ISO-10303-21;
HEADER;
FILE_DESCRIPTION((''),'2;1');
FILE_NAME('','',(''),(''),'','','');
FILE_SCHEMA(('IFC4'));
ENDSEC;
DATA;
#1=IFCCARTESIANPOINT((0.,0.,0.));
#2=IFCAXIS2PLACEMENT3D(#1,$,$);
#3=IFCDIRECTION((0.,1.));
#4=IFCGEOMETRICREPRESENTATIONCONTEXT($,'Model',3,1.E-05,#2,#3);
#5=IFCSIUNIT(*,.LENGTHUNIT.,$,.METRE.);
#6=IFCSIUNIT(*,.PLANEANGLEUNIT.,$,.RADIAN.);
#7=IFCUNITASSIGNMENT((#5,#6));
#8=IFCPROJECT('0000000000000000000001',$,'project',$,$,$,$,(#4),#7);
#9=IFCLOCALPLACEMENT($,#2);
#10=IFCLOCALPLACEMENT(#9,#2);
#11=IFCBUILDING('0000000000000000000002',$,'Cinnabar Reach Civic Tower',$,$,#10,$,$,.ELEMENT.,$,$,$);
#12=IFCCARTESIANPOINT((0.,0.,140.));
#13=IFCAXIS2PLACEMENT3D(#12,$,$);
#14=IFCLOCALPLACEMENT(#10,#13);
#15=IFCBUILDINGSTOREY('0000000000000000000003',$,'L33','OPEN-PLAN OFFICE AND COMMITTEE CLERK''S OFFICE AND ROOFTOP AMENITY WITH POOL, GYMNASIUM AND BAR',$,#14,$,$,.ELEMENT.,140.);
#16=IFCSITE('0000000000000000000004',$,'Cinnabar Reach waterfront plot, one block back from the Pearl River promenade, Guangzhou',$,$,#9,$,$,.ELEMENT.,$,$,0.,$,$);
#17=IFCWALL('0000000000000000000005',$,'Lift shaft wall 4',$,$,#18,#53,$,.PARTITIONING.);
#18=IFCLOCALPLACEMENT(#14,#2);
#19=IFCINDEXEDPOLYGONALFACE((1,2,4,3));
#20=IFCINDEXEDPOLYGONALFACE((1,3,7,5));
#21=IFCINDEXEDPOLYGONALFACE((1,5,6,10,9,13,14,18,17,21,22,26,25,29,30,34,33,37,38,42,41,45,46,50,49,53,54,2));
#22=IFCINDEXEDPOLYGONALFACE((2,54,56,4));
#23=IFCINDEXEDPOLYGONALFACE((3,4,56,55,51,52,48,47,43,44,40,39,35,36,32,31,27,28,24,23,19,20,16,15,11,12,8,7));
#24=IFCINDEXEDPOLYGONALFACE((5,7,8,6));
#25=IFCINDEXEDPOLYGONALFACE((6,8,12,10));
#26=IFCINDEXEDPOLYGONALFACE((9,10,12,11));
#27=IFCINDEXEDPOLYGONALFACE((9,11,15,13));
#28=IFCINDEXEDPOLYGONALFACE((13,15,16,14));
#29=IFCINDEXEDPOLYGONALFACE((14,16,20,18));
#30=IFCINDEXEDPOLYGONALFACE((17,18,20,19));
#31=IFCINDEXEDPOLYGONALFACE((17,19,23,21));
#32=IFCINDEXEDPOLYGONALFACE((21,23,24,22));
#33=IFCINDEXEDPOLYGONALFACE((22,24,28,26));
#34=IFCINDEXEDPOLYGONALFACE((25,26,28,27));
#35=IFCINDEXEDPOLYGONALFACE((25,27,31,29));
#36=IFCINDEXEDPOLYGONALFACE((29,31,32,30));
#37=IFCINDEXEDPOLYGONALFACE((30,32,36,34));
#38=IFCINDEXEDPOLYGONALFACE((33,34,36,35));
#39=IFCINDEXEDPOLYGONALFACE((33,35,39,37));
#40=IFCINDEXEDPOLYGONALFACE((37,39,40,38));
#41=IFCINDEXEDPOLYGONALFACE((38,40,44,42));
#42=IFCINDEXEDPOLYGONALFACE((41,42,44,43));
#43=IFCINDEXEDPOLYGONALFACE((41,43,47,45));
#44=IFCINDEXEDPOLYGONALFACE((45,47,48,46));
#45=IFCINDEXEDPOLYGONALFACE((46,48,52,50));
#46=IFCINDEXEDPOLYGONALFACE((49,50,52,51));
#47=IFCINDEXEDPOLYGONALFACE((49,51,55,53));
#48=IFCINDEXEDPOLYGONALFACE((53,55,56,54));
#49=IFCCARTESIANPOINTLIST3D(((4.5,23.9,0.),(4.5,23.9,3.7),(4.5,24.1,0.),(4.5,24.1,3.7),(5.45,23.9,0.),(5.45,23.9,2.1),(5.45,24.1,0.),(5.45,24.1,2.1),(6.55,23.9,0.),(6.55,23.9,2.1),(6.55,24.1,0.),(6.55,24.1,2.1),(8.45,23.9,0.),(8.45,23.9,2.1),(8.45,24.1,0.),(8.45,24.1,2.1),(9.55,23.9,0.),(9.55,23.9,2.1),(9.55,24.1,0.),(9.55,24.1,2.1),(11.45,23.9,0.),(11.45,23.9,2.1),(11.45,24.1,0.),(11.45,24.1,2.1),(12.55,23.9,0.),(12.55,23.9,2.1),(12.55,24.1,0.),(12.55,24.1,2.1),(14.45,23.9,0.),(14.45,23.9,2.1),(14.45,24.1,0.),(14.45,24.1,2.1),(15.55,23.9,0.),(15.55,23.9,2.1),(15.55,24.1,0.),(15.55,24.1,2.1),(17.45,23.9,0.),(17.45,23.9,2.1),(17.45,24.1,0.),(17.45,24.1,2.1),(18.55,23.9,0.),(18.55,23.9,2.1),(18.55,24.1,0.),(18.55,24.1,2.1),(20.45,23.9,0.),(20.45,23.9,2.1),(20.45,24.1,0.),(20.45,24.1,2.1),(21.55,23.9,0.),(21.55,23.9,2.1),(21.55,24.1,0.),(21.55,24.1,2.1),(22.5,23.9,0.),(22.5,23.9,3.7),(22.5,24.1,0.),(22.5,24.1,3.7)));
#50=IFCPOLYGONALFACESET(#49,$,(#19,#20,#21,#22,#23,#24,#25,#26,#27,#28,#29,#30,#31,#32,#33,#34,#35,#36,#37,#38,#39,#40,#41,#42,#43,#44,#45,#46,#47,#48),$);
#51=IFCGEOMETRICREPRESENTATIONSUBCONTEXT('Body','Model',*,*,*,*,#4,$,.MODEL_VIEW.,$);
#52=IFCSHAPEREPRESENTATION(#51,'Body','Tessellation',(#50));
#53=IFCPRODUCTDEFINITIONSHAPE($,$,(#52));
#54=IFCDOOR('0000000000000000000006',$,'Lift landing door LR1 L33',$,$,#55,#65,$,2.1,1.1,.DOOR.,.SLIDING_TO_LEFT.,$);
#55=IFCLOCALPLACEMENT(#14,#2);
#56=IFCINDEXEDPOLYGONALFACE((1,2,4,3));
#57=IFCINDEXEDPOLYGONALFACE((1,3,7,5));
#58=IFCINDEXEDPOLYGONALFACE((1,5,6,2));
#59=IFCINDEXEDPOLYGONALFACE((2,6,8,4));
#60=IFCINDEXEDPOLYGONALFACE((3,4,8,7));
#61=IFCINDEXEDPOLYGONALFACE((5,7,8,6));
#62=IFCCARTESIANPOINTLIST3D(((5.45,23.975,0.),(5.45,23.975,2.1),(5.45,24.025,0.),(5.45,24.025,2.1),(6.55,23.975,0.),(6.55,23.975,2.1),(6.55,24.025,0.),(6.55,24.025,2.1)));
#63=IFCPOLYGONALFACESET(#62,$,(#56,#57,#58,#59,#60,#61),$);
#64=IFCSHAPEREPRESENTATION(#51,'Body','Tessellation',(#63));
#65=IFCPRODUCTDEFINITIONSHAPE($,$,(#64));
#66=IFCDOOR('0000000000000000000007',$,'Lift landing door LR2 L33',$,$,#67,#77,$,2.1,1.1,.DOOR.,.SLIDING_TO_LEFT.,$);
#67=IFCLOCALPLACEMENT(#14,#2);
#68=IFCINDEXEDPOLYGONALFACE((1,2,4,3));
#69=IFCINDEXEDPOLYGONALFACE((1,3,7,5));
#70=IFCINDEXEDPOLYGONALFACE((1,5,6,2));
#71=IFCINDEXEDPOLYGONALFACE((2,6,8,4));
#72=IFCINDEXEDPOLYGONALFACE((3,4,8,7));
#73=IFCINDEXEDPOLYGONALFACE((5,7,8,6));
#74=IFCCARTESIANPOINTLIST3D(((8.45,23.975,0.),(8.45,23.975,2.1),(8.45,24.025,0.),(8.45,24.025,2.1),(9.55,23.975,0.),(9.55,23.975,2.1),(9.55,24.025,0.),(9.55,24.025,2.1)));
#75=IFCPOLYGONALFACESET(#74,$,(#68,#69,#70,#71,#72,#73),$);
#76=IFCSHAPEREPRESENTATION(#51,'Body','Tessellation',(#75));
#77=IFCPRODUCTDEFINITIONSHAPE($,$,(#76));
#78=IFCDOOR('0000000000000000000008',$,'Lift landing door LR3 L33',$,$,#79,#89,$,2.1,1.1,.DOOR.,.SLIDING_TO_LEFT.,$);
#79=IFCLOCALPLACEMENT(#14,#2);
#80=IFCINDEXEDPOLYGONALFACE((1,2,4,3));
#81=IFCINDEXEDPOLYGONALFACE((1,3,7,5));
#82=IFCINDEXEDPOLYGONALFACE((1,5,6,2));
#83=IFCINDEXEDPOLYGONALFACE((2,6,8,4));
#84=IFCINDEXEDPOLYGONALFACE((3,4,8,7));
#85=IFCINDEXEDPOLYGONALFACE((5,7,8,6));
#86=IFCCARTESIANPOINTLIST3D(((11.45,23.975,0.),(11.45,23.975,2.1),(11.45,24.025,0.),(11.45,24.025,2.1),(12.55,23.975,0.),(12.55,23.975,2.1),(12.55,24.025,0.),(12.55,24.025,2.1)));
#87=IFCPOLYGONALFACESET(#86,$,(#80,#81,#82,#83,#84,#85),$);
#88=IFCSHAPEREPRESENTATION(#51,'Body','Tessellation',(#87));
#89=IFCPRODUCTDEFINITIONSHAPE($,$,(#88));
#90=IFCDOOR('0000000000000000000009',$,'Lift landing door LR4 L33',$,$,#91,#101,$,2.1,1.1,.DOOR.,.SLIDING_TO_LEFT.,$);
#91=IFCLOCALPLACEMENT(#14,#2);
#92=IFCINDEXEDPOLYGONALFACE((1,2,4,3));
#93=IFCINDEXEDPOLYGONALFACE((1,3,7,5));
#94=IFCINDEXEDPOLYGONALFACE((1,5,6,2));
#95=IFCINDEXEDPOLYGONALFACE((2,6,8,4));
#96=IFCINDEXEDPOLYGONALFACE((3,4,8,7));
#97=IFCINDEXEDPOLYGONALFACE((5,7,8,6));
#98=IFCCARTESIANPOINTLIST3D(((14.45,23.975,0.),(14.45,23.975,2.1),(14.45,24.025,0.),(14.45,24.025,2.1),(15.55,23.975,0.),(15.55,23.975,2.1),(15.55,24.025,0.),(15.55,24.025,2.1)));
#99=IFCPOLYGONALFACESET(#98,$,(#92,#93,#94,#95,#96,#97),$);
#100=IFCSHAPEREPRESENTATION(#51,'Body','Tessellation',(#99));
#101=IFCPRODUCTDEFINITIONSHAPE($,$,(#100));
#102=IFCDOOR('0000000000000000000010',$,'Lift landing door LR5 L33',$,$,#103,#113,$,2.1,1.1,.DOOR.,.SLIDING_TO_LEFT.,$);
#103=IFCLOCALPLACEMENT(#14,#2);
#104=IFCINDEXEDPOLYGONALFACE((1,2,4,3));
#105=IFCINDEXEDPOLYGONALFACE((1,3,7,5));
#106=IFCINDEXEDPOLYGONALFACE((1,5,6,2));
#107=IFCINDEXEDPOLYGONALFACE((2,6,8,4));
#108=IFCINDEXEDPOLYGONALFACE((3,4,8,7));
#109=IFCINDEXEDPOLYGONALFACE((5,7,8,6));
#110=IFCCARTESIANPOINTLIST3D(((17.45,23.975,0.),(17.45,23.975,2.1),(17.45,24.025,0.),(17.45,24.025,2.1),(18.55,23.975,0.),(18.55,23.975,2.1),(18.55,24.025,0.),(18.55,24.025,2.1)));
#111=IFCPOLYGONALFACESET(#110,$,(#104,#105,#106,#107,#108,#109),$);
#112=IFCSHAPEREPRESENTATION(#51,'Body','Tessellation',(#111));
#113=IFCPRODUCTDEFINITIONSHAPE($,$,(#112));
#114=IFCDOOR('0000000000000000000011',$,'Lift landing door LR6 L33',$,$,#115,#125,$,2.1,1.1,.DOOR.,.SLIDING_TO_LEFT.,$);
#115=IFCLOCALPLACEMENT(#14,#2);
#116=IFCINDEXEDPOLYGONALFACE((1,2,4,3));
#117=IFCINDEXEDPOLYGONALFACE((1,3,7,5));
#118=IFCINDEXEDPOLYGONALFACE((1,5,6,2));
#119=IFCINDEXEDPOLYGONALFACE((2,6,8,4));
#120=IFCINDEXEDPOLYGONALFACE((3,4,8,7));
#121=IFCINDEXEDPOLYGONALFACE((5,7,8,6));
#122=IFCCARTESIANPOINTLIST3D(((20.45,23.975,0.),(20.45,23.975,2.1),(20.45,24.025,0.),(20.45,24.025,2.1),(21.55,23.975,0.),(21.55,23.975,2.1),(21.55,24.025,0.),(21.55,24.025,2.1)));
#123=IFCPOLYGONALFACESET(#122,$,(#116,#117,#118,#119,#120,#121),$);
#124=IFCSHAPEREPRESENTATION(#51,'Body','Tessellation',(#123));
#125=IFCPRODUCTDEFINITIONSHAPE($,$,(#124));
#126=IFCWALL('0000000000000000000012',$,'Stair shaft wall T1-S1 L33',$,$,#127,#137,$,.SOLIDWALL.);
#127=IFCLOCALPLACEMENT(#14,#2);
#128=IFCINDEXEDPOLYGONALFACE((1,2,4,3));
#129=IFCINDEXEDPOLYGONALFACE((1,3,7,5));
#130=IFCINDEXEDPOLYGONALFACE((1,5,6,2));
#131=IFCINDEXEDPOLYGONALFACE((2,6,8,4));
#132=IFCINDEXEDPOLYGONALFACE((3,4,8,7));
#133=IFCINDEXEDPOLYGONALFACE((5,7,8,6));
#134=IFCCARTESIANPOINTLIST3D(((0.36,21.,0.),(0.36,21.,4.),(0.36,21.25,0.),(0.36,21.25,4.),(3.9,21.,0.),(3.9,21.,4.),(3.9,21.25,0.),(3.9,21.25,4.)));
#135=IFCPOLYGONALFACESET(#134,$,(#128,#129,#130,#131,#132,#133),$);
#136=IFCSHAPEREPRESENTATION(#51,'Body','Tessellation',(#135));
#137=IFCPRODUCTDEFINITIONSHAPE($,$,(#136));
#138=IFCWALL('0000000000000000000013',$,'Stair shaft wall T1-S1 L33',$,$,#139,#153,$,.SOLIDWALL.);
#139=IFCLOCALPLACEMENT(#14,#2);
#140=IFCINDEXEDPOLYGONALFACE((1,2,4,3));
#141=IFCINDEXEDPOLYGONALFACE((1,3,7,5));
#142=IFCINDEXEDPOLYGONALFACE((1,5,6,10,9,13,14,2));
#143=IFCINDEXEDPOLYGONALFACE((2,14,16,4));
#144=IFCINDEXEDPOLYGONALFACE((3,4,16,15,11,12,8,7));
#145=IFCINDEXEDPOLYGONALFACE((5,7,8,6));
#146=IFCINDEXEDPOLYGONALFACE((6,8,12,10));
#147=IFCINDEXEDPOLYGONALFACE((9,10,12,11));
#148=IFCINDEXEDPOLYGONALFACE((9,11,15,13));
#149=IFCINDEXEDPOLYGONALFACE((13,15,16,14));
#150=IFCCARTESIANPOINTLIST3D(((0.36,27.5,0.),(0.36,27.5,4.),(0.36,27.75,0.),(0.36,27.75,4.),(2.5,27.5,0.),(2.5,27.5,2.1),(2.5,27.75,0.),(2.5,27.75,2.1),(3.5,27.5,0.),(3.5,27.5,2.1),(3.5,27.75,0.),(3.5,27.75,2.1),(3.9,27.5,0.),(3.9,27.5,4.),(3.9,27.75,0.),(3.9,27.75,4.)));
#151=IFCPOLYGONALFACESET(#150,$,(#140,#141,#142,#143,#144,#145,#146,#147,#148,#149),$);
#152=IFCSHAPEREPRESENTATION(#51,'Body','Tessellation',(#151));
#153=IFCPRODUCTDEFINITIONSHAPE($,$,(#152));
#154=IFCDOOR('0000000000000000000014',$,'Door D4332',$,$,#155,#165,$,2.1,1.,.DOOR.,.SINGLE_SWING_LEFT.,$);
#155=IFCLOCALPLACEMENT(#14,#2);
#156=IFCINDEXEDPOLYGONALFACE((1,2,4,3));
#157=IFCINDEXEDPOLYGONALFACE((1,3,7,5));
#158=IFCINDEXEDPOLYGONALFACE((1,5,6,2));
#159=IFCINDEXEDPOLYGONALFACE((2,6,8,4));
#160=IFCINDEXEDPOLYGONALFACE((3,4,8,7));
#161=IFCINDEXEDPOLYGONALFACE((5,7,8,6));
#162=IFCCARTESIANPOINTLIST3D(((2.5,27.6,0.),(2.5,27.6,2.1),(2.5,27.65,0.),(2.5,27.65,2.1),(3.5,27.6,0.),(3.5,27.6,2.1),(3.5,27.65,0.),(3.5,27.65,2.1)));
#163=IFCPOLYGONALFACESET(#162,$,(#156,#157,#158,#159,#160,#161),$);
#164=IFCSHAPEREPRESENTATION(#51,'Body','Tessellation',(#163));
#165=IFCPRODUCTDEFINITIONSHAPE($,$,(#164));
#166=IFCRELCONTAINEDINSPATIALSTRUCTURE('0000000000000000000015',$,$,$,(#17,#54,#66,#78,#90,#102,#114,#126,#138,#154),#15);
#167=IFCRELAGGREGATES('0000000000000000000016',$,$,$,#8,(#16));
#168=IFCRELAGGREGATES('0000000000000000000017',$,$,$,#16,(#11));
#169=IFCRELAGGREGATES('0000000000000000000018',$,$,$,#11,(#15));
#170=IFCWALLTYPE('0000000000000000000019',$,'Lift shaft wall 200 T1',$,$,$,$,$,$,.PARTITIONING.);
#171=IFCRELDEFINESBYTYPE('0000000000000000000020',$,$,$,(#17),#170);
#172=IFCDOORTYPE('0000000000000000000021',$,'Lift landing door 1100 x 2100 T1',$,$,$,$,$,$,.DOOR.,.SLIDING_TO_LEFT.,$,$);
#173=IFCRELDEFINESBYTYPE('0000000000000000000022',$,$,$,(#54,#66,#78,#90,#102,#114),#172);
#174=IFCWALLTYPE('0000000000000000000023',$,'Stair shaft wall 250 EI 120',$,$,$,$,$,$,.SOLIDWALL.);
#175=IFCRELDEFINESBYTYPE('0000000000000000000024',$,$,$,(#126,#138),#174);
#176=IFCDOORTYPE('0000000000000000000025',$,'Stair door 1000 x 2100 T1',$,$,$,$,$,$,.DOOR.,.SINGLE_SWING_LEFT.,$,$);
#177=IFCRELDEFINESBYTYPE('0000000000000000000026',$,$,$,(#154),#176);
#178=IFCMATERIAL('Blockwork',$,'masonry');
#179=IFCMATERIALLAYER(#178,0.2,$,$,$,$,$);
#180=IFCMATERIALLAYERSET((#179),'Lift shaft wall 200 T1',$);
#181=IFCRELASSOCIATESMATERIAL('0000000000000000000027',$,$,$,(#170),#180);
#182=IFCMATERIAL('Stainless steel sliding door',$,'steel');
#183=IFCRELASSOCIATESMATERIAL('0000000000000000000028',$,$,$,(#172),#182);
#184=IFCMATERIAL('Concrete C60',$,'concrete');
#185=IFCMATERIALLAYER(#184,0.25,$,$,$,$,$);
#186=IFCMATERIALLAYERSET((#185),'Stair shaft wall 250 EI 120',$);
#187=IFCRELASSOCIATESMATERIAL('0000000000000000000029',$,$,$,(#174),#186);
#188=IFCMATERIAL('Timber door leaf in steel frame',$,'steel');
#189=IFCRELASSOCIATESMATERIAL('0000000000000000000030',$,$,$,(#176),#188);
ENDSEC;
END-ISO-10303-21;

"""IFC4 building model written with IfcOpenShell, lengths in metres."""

from ifc_helpers import new_model, si_unit, direction, frame, frame_2d, origin, place, context, subcontext, project, spatial, rectangle, extrude, material, layer, layer_set, type_object, element, fill, save


model = new_model("IFC4")

# Units and contexts
model_context = context("Model", 3, precision=1e-05, world=origin(), true_north=direction((0.0, 1.0)))
body_context = subcontext(model_context, "Body", "Model", "MODEL_VIEW")
ifc_project = project(units=[si_unit("LENGTHUNIT", "METRE"), si_unit("PLANEANGLEUNIT", "RADIAN")], contexts=[model_context])

# Site, building, storey
site_placement = place(None, origin())
site = spatial("IfcSite", under=ifc_project, at=site_placement, Name="Cinnabar Reach waterfront plot, one block back from the Pearl River promenade, Guangzhou", CompositionType="ELEMENT", RefElevation=0.0)
building_placement = place(site_placement, origin())
building = spatial("IfcBuilding", under=site, at=building_placement, Name="Cinnabar Reach Civic Tower", CompositionType="ELEMENT")
storey_placement = place(building_placement, frame((0.0, 0.0, 140.0)))
storey = spatial("IfcBuildingStorey", under=building, at=storey_placement, Name="L33", Description="OPEN-PLAN OFFICE AND COMMITTEE CLERK'S OFFICE AND ROOFTOP AMENITY WITH POOL, GYMNASIUM AND BAR", CompositionType="ELEMENT", Elevation=140.0)

# Shared definitions
ifc_material_1 = material(Name="Timber door leaf in steel frame", Category="steel")

# Wall, openings, doors
ifc_material_2 = material(Name="Blockwork", Category="masonry")
ifc_layer_1 = layer(ifc_material_2, 0.2)
ifc_layer_set_1 = layer_set([ifc_layer_1], Name="Lift shaft wall 200 T1")
wall_type_1 = type_object("IfcWallType", Name="Lift shaft wall 200 T1", PredefinedType="PARTITIONING", material=ifc_layer_set_1)
wall_1_placement = place(storey_placement, frame((4.5, 24.0, 0.0), z_axis=(0.0, 0.0, 1.0), x_axis=(1.0, 0.0, 0.0)))
wall_1 = element("IfcWall", 1, at=wall_1_placement, inside=storey, type_object=wall_type_1, Name="Lift shaft wall 4", PredefinedType="PARTITIONING", context=body_context, shape_type="SweptSolid", body=[
    extrude(rectangle(XDim=18.0, YDim=0.2, at=frame_2d((9.0, 0.0))), origin(), (0.0, 0.0, 1.0), 3.7),
])
opening_1_placement = place(wall_1_placement, frame((0.95, 0.0, 0.0)))
opening_1 = element("IfcOpeningElement", 2, at=opening_1_placement, cuts=wall_1, PredefinedType="OPENING", context=body_context, shape_type="SweptSolid", body=[
    extrude(rectangle(XDim=1.1, YDim=2.1, at=frame_2d((0.55, 1.05))), frame((0.0, 0.11, 0.0), z_axis=(0.0, -1.0, 0.0), x_axis=(1.0, 0.0, 0.0)), (0.0, 0.0, 1.0), 0.22),
])
opening_2_placement = place(wall_1_placement, frame((3.95, 0.0, 0.0)))
opening_2 = element("IfcOpeningElement", 3, at=opening_2_placement, cuts=wall_1, PredefinedType="OPENING", context=body_context, shape_type="SweptSolid", body=[
    extrude(rectangle(XDim=1.1, YDim=2.1, at=frame_2d((0.55, 1.05))), frame((0.0, 0.11, 0.0), z_axis=(0.0, -1.0, 0.0), x_axis=(1.0, 0.0, 0.0)), (0.0, 0.0, 1.0), 0.22),
])
opening_3_placement = place(wall_1_placement, frame((6.95, 0.0, 0.0)))
opening_3 = element("IfcOpeningElement", 4, at=opening_3_placement, cuts=wall_1, PredefinedType="OPENING", context=body_context, shape_type="SweptSolid", body=[
    extrude(rectangle(XDim=1.1, YDim=2.1, at=frame_2d((0.55, 1.05))), frame((0.0, 0.11, 0.0), z_axis=(0.0, -1.0, 0.0), x_axis=(1.0, 0.0, 0.0)), (0.0, 0.0, 1.0), 0.22),
])
opening_4_placement = place(wall_1_placement, frame((9.95, 0.0, 0.0)))
opening_4 = element("IfcOpeningElement", 5, at=opening_4_placement, cuts=wall_1, PredefinedType="OPENING", context=body_context, shape_type="SweptSolid", body=[
    extrude(rectangle(XDim=1.1, YDim=2.1, at=frame_2d((0.55, 1.05))), frame((0.0, 0.11, 0.0), z_axis=(0.0, -1.0, 0.0), x_axis=(1.0, 0.0, 0.0)), (0.0, 0.0, 1.0), 0.22),
])
opening_5_placement = place(wall_1_placement, frame((12.95, 0.0, 0.0)))
opening_5 = element("IfcOpeningElement", 6, at=opening_5_placement, cuts=wall_1, PredefinedType="OPENING", context=body_context, shape_type="SweptSolid", body=[
    extrude(rectangle(XDim=1.1, YDim=2.1, at=frame_2d((0.55, 1.05))), frame((0.0, 0.11, 0.0), z_axis=(0.0, -1.0, 0.0), x_axis=(1.0, 0.0, 0.0)), (0.0, 0.0, 1.0), 0.22),
])
opening_6_placement = place(wall_1_placement, frame((15.95, 0.0, 0.0)))
opening_6 = element("IfcOpeningElement", 7, at=opening_6_placement, cuts=wall_1, PredefinedType="OPENING", context=body_context, shape_type="SweptSolid", body=[
    extrude(rectangle(XDim=1.1, YDim=2.1, at=frame_2d((0.55, 1.05))), frame((0.0, 0.11, 0.0), z_axis=(0.0, -1.0, 0.0), x_axis=(1.0, 0.0, 0.0)), (0.0, 0.0, 1.0), 0.22),
])
ifc_material_3 = material(Name="Stainless steel sliding door", Category="steel")
door_type_1 = type_object("IfcDoorType", Name="Lift landing door 1100 x 2100 T1", OperationType="SLIDING_TO_LEFT", PredefinedType="DOOR", material=ifc_material_3)
door_1_placement = place(opening_1_placement, origin())
door_1 = element("IfcDoor", 8, at=door_1_placement, inside=storey, type_object=door_type_1, Name="Lift landing door LR1 L33", OperationType="SLIDING_TO_LEFT", OverallHeight=2.1, OverallWidth=1.1, PredefinedType="DOOR", context=body_context, shape_type="SweptSolid", body=[
    extrude(rectangle(XDim=1.1, YDim=2.1, at=frame_2d((0.55, 1.05))), frame((0.0, 0.025, 0.0), z_axis=(0.0, -1.0, 0.0), x_axis=(1.0, 0.0, 0.0)), (0.0, 0.0, 1.0), 0.05),
])
fill(opening_1, door_1)
door_2_placement = place(opening_2_placement, origin())
door_2 = element("IfcDoor", 9, at=door_2_placement, inside=storey, type_object=door_type_1, Name="Lift landing door LR2 L33", OperationType="SLIDING_TO_LEFT", OverallHeight=2.1, OverallWidth=1.1, PredefinedType="DOOR", context=body_context, shape_type="SweptSolid", body=[
    extrude(rectangle(XDim=1.1, YDim=2.1, at=frame_2d((0.55, 1.05))), frame((0.0, 0.025, 0.0), z_axis=(0.0, -1.0, 0.0), x_axis=(1.0, 0.0, 0.0)), (0.0, 0.0, 1.0), 0.05),
])
fill(opening_2, door_2)
door_3_placement = place(opening_3_placement, origin())
door_3 = element("IfcDoor", 10, at=door_3_placement, inside=storey, type_object=door_type_1, Name="Lift landing door LR3 L33", OperationType="SLIDING_TO_LEFT", OverallHeight=2.1, OverallWidth=1.1, PredefinedType="DOOR", context=body_context, shape_type="SweptSolid", body=[
    extrude(rectangle(XDim=1.1, YDim=2.1, at=frame_2d((0.55, 1.05))), frame((0.0, 0.025, 0.0), z_axis=(0.0, -1.0, 0.0), x_axis=(1.0, 0.0, 0.0)), (0.0, 0.0, 1.0), 0.05),
])
fill(opening_3, door_3)
door_4_placement = place(opening_4_placement, origin())
door_4 = element("IfcDoor", 11, at=door_4_placement, inside=storey, type_object=door_type_1, Name="Lift landing door LR4 L33", OperationType="SLIDING_TO_LEFT", OverallHeight=2.1, OverallWidth=1.1, PredefinedType="DOOR", context=body_context, shape_type="SweptSolid", body=[
    extrude(rectangle(XDim=1.1, YDim=2.1, at=frame_2d((0.55, 1.05))), frame((0.0, 0.025, 0.0), z_axis=(0.0, -1.0, 0.0), x_axis=(1.0, 0.0, 0.0)), (0.0, 0.0, 1.0), 0.05),
])
fill(opening_4, door_4)
door_5_placement = place(opening_5_placement, origin())
door_5 = element("IfcDoor", 12, at=door_5_placement, inside=storey, type_object=door_type_1, Name="Lift landing door LR5 L33", OperationType="SLIDING_TO_LEFT", OverallHeight=2.1, OverallWidth=1.1, PredefinedType="DOOR", context=body_context, shape_type="SweptSolid", body=[
    extrude(rectangle(XDim=1.1, YDim=2.1, at=frame_2d((0.55, 1.05))), frame((0.0, 0.025, 0.0), z_axis=(0.0, -1.0, 0.0), x_axis=(1.0, 0.0, 0.0)), (0.0, 0.0, 1.0), 0.05),
])
fill(opening_5, door_5)
door_6_placement = place(opening_6_placement, origin())
door_6 = element("IfcDoor", 13, at=door_6_placement, inside=storey, type_object=door_type_1, Name="Lift landing door LR6 L33", OperationType="SLIDING_TO_LEFT", OverallHeight=2.1, OverallWidth=1.1, PredefinedType="DOOR", context=body_context, shape_type="SweptSolid", body=[
    extrude(rectangle(XDim=1.1, YDim=2.1, at=frame_2d((0.55, 1.05))), frame((0.0, 0.025, 0.0), z_axis=(0.0, -1.0, 0.0), x_axis=(1.0, 0.0, 0.0)), (0.0, 0.0, 1.0), 0.05),
])
fill(opening_6, door_6)

# Wall
ifc_material_4 = material(Name="Concrete C60", Category="concrete")
ifc_layer_2 = layer(ifc_material_4, 0.25)
ifc_layer_set_2 = layer_set([ifc_layer_2], Name="Stair shaft wall 250 EI 120")
wall_type_2 = type_object("IfcWallType", Name="Stair shaft wall 250 EI 120", PredefinedType="SOLIDWALL", material=ifc_layer_set_2)
wall_2_placement = place(storey_placement, frame((0.36, 21.125, 0.0), z_axis=(0.0, 0.0, 1.0), x_axis=(1.0, 0.0, 0.0)))
element("IfcWall", 14, at=wall_2_placement, inside=storey, type_object=wall_type_2, Name="Stair shaft wall T1-S1 L33", PredefinedType="SOLIDWALL", context=body_context, shape_type="SweptSolid", body=[
    extrude(rectangle(XDim=3.54, YDim=0.25, at=frame_2d((1.77, 0.0))), origin(), (0.0, 0.0, 1.0), 4.0),
])

# Wall, opening, door
wall_3_placement = place(storey_placement, frame((3.9, 27.625, 0.0), z_axis=(0.0, 0.0, 1.0), x_axis=(-1.0, 0.0, 0.0)))
wall_3 = element("IfcWall", 15, at=wall_3_placement, inside=storey, type_object=wall_type_2, Name="Stair shaft wall T1-S1 L33", PredefinedType="SOLIDWALL", context=body_context, shape_type="SweptSolid", body=[
    extrude(rectangle(XDim=3.54, YDim=0.25, at=frame_2d((1.77, 0.0))), origin(), (0.0, 0.0, 1.0), 4.0),
])
opening_7_placement = place(wall_3_placement, frame((0.4, 0.0, 0.0)))
opening_7 = element("IfcOpeningElement", 16, at=opening_7_placement, cuts=wall_3, PredefinedType="OPENING", context=body_context, shape_type="SweptSolid", body=[
    extrude(rectangle(XDim=1.0, YDim=2.1, at=frame_2d((0.5, 1.05))), frame((0.0, 0.135, 0.0), z_axis=(0.0, -1.0, 0.0), x_axis=(1.0, 0.0, 0.0)), (0.0, 0.0, 1.0), 0.27),
])
door_type_2 = type_object("IfcDoorType", Name="Stair door 1000 x 2100 T1", OperationType="SINGLE_SWING_LEFT", PredefinedType="DOOR", material=ifc_material_1)
door_7_placement = place(opening_7_placement, origin())
door_7 = element("IfcDoor", 17, at=door_7_placement, inside=storey, type_object=door_type_2, Name="Door D4332", OperationType="SINGLE_SWING_LEFT", OverallHeight=2.1, OverallWidth=1.0, PredefinedType="DOOR", context=body_context, shape_type="SweptSolid", body=[
    extrude(rectangle(XDim=1.0, YDim=2.1, at=frame_2d((0.5, 1.05))), frame((0.0, 0.025, 0.0), z_axis=(0.0, -1.0, 0.0), x_axis=(1.0, 0.0, 0.0)), (0.0, 0.0, 1.0), 0.05),
])
fill(opening_7, door_7)

save(model, "model.ifc")
